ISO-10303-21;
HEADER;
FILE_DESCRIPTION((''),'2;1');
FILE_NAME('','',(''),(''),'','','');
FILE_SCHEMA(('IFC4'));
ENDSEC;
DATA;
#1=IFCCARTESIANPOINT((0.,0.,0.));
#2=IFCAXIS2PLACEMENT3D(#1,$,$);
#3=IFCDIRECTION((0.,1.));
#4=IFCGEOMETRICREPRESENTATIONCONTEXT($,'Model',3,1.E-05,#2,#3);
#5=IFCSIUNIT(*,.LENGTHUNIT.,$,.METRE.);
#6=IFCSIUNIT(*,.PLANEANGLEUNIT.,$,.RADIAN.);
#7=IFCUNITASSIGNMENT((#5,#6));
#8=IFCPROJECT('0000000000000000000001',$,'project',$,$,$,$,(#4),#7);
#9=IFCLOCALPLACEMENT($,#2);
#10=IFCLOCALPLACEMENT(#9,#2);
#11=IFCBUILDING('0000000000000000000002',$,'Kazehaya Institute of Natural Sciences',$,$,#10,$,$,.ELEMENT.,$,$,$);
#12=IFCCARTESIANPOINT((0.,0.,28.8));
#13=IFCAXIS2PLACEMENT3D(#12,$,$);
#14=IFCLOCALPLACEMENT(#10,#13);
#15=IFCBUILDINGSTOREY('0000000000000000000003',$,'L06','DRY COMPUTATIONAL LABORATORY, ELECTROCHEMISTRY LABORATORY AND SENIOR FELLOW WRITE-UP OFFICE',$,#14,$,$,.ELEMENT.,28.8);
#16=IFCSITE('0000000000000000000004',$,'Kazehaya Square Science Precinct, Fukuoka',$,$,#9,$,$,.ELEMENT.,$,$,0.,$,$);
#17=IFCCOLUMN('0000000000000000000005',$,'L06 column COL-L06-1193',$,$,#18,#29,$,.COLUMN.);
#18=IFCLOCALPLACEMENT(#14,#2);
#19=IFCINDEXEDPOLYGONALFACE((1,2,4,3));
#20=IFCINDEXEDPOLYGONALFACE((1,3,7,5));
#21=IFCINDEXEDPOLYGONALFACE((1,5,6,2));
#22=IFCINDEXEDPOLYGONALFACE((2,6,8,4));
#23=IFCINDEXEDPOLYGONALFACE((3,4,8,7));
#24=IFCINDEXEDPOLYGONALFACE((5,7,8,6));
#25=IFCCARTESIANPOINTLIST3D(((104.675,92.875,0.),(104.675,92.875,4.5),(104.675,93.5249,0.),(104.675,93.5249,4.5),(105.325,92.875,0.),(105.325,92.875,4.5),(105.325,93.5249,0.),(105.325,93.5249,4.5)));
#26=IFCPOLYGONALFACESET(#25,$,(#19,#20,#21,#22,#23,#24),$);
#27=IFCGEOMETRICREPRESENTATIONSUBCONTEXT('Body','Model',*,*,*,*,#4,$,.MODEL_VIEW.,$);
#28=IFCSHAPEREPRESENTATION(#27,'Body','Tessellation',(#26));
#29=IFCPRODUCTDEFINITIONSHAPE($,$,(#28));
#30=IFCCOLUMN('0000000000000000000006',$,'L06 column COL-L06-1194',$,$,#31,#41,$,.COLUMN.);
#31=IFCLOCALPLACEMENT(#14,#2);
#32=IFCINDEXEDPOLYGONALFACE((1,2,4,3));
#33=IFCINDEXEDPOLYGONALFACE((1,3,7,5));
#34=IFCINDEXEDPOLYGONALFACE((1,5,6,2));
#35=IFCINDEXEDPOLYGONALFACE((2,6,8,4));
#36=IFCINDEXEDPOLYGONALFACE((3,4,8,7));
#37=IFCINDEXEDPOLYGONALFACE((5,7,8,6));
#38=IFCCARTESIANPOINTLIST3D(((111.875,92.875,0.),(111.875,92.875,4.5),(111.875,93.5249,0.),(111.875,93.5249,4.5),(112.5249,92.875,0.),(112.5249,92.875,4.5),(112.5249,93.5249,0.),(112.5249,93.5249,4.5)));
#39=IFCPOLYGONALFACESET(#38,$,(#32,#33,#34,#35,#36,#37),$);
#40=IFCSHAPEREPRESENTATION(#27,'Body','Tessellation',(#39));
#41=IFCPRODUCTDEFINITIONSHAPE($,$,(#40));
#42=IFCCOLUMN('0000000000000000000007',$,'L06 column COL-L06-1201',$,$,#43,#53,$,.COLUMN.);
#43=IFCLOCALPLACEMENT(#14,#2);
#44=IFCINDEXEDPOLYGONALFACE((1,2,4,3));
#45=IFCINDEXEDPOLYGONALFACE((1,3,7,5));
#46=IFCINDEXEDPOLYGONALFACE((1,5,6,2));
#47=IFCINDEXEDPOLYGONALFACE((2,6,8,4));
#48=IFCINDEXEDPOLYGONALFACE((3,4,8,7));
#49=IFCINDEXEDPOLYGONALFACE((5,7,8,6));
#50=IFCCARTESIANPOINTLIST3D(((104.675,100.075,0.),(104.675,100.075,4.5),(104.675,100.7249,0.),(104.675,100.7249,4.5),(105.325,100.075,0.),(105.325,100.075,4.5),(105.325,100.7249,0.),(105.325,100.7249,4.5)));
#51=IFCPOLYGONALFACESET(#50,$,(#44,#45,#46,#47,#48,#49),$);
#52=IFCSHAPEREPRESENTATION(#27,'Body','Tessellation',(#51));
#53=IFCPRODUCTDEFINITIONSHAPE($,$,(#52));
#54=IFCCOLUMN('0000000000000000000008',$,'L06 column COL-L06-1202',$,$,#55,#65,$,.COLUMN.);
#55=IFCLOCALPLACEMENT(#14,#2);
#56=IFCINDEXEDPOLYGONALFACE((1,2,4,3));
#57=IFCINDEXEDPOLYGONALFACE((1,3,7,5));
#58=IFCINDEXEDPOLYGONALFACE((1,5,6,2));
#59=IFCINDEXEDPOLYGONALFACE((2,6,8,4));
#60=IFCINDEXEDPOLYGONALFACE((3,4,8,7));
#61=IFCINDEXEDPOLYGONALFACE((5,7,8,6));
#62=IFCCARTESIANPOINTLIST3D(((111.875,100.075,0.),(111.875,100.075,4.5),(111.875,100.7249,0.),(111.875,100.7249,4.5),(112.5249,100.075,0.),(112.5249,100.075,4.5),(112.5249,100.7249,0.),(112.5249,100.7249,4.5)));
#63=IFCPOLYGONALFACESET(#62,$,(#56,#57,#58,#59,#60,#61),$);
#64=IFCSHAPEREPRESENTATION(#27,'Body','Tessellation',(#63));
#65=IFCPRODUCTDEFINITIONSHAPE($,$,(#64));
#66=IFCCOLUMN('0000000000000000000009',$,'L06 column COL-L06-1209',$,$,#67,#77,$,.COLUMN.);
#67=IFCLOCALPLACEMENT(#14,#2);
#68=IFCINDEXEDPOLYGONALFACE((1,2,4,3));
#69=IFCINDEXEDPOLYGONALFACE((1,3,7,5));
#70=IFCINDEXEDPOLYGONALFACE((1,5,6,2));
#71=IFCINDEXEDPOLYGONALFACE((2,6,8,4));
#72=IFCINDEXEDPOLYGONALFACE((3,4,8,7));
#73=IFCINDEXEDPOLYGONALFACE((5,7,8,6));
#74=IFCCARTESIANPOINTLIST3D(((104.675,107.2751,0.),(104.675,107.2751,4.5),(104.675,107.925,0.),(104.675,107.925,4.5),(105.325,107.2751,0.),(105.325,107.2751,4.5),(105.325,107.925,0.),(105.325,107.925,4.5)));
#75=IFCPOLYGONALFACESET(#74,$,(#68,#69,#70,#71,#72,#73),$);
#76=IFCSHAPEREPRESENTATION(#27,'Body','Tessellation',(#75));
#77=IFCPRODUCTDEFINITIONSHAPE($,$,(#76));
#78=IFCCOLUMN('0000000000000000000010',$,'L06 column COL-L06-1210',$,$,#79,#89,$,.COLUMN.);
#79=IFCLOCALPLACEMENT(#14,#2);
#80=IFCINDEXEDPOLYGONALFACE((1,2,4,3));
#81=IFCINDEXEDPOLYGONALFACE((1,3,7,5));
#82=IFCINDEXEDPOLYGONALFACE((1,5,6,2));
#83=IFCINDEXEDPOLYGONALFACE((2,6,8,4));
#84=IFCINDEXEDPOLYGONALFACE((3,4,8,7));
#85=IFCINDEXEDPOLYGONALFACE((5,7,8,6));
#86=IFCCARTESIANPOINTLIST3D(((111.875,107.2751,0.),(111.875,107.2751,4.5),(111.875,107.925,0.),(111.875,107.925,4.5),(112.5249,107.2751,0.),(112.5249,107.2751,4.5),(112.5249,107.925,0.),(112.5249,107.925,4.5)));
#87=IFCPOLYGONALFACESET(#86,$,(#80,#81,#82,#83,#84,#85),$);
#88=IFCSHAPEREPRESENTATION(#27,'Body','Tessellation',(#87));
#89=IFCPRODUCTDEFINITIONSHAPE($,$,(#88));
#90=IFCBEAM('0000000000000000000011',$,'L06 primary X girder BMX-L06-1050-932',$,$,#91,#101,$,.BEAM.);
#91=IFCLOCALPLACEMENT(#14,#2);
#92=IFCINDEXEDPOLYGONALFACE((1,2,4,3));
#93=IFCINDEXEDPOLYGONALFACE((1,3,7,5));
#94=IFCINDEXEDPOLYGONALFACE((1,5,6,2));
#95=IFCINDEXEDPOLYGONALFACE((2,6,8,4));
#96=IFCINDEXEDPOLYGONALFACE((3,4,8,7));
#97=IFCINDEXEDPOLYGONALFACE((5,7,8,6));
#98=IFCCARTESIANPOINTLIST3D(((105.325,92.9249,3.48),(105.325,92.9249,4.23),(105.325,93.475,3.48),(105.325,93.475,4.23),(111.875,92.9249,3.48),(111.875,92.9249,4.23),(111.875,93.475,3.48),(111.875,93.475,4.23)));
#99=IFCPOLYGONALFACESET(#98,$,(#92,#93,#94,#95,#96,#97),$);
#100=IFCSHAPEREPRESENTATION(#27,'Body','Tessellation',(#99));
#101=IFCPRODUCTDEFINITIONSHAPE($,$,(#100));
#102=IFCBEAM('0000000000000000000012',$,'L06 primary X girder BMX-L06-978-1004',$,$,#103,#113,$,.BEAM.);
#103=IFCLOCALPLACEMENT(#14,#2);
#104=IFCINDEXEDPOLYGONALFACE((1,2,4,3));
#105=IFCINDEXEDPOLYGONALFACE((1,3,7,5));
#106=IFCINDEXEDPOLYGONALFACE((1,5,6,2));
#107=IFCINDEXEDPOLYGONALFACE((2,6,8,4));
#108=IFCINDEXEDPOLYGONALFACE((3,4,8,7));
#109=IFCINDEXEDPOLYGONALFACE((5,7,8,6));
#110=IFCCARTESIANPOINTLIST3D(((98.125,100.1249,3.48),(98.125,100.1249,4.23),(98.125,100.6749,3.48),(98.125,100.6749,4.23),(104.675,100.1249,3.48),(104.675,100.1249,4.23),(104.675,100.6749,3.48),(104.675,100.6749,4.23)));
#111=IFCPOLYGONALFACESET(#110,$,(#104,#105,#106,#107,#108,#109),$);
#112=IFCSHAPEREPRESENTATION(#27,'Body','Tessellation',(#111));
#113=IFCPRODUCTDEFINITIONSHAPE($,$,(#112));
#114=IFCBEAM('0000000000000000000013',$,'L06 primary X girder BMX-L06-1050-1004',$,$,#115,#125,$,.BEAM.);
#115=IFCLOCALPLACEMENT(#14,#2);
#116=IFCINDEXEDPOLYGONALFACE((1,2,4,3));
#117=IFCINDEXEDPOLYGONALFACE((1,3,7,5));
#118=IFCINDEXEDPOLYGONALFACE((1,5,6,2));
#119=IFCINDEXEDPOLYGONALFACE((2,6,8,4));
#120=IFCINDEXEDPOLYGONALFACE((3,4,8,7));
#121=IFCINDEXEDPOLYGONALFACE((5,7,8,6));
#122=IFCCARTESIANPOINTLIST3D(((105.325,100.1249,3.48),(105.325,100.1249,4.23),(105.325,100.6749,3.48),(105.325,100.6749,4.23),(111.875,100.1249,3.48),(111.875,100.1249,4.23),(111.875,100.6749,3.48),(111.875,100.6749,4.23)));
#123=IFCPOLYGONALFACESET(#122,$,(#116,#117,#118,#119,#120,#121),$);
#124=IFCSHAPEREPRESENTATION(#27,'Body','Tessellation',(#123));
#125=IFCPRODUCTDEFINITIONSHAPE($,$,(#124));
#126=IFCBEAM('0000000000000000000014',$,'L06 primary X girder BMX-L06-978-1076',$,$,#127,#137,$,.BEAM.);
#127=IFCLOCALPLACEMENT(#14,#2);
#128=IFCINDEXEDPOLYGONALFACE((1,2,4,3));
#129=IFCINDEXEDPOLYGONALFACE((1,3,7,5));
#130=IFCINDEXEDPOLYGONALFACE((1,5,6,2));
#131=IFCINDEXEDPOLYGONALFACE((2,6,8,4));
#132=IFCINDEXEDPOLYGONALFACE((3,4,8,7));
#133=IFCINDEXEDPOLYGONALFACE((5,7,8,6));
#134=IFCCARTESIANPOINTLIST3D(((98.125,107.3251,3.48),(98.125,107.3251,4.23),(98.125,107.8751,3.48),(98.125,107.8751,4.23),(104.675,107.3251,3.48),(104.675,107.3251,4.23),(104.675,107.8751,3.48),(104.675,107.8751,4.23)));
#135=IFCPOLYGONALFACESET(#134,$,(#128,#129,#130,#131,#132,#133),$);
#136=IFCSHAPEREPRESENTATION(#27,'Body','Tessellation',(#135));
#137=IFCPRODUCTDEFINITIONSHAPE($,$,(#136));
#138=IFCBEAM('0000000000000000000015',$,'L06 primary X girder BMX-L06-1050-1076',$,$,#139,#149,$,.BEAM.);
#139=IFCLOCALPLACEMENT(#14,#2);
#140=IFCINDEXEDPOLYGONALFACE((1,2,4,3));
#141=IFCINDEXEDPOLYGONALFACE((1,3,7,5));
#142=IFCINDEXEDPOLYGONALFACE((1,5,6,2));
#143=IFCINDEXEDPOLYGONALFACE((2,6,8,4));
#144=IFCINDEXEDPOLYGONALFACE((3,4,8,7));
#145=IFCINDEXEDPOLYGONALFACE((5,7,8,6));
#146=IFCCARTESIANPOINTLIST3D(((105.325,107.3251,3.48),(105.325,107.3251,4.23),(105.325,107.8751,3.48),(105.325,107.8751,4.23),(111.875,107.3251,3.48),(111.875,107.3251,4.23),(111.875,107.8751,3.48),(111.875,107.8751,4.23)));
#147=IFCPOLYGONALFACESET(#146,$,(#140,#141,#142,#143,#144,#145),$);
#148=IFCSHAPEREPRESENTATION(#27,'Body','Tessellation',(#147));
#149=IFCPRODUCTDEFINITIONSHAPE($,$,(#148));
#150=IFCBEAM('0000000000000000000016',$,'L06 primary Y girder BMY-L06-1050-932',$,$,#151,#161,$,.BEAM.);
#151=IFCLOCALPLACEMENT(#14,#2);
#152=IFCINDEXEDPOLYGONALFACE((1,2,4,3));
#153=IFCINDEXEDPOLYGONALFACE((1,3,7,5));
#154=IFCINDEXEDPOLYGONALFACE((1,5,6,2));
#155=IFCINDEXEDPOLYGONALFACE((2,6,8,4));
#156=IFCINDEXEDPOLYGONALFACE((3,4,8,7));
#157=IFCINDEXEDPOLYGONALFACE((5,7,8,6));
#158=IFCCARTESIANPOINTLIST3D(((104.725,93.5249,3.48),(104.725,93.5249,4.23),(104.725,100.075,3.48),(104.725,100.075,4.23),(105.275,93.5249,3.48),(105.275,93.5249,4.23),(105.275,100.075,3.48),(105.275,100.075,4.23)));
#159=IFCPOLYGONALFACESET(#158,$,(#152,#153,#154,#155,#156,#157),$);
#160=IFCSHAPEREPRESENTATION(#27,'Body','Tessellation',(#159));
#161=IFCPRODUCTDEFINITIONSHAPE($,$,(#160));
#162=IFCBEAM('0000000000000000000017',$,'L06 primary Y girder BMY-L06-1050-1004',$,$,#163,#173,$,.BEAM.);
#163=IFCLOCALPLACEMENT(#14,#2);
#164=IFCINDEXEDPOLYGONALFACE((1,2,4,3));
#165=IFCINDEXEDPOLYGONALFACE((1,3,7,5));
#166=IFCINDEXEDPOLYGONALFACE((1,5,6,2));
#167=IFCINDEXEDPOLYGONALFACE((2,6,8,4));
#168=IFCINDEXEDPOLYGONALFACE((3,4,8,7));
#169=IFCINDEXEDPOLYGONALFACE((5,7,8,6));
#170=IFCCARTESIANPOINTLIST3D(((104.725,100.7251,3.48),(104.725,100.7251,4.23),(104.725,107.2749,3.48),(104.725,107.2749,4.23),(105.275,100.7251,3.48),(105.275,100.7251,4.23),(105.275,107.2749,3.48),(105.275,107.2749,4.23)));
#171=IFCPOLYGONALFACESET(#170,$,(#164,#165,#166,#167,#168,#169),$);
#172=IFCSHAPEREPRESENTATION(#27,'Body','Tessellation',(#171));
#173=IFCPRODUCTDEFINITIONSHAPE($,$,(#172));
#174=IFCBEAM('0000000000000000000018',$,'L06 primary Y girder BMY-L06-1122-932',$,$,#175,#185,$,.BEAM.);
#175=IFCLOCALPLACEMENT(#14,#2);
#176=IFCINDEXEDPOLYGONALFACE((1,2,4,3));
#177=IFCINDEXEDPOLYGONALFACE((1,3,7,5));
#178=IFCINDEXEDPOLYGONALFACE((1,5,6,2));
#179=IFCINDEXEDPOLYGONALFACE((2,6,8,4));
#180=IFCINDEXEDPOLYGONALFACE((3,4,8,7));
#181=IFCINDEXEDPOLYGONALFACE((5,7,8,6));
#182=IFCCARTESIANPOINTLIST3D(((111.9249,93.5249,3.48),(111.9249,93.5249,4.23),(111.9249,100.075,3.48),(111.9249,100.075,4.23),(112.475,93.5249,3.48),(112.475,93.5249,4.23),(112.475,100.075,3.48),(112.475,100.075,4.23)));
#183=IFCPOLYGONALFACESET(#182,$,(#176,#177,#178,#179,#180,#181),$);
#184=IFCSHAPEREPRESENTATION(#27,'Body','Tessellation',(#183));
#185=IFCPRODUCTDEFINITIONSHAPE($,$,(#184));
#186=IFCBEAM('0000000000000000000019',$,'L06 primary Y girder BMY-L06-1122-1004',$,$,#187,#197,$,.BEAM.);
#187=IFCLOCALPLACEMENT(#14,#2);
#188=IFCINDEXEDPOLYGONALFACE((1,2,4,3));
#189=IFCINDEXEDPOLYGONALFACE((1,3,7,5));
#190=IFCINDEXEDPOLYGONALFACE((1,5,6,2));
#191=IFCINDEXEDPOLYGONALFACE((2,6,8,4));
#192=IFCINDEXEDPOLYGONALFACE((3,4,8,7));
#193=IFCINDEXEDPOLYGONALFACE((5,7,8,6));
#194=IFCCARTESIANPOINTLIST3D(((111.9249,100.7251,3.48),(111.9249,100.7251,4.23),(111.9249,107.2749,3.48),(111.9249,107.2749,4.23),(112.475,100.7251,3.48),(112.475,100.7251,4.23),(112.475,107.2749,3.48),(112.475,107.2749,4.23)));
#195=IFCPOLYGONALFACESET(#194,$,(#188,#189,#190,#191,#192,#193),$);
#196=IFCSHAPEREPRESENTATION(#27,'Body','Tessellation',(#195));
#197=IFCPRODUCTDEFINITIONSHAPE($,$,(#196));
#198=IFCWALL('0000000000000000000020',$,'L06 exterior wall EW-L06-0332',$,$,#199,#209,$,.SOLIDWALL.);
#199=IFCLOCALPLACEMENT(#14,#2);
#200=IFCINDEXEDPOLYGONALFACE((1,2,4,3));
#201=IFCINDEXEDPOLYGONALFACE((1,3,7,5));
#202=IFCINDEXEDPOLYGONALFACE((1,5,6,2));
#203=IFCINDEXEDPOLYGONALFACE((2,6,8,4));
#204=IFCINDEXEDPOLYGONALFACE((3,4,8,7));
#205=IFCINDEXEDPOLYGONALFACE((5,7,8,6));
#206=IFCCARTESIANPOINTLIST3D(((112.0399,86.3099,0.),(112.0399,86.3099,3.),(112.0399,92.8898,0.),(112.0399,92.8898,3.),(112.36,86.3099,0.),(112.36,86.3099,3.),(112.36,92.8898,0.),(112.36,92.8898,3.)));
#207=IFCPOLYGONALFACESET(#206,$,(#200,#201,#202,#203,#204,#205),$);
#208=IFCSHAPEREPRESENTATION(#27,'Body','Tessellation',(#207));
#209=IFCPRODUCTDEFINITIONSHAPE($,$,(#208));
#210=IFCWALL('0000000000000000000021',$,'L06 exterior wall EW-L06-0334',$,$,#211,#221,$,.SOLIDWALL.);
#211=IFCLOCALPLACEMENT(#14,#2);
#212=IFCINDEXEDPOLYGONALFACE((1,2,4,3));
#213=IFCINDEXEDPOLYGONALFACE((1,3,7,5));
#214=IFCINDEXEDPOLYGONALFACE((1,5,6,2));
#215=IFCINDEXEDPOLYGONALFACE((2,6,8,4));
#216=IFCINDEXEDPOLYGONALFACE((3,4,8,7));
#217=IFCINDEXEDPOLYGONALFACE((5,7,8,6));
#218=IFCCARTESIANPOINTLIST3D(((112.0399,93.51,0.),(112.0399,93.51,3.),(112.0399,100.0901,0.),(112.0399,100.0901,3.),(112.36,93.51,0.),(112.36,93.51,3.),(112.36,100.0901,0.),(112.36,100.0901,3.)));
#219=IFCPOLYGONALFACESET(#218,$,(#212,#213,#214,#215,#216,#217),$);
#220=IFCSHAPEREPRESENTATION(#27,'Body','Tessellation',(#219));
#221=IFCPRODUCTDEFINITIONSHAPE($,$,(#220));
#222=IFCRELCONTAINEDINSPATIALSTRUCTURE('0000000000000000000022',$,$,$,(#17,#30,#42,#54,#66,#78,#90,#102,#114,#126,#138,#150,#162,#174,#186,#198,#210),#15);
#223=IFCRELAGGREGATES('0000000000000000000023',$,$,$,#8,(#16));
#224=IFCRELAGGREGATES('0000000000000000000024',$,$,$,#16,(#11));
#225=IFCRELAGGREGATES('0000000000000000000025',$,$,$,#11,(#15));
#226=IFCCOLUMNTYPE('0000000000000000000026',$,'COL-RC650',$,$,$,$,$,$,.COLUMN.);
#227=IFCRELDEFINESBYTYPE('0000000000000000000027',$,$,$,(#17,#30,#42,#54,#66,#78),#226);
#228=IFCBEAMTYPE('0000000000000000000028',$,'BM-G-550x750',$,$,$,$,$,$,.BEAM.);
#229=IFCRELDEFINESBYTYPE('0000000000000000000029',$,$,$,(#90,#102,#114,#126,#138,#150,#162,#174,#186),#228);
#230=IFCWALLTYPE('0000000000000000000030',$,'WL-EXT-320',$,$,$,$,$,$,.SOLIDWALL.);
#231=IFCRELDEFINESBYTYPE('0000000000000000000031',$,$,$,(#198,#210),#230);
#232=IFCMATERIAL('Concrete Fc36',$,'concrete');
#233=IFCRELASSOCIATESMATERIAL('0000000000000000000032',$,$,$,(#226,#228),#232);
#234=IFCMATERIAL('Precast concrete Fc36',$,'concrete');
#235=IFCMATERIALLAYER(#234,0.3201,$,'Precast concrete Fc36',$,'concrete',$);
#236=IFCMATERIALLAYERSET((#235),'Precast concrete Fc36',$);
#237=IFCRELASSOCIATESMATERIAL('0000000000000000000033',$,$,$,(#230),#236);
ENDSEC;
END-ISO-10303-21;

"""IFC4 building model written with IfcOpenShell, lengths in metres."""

from ifc_helpers import new_model, si_unit, direction, frame, frame_2d, origin, origin_2d, place, context, subcontext, project, spatial, rectangle, extrude, material, layer, layer_set, material_profile, profile_set, type_object, element, save


model = new_model("IFC4")

# Units and contexts
model_context = context("Model", 3, precision=1e-05, world=origin(), true_north=direction((0.0, 1.0)))
body_context = subcontext(model_context, "Body", "Model", "MODEL_VIEW")
ifc_project = project(units=[si_unit("LENGTHUNIT", "METRE"), si_unit("PLANEANGLEUNIT", "RADIAN")], contexts=[model_context])

# Site, building, storey
site_placement = place(None, origin())
site = spatial("IfcSite", under=ifc_project, at=site_placement, Name="Kazehaya Square Science Precinct, Fukuoka", CompositionType="ELEMENT", RefElevation=0.0)
building_placement = place(site_placement, origin())
building = spatial("IfcBuilding", under=site, at=building_placement, Name="Kazehaya Institute of Natural Sciences", CompositionType="ELEMENT")
storey_placement = place(building_placement, frame((0.0, 0.0, 28.8)))
storey = spatial("IfcBuildingStorey", under=building, at=storey_placement, Name="L06", Description="DRY COMPUTATIONAL LABORATORY, ELECTROCHEMISTRY LABORATORY AND SENIOR FELLOW WRITE-UP OFFICE", CompositionType="ELEMENT", Elevation=28.8)

# Columns
ifc_material_1 = material(Name="Concrete Fc36", Category="concrete")
ifc_material_profile_1 = material_profile(ifc_material_1, rectangle(XDim=0.6499, YDim=0.6499, at=origin_2d()), Name="RC-650x650")
ifc_profile_set_1 = profile_set([ifc_material_profile_1], Name="Concrete Fc36")
column_type = type_object("IfcColumnType", Name="COL-RC650", PredefinedType="COLUMN", material=ifc_profile_set_1)
for number, where, z_axis, x_axis, name in (
    (1, (105.0, 93.2, 0.0), (0.0, 0.0, 1.0), (1.0, 0.0, 0.0), "L06 column COL-L06-1193"),
    (2, (112.2, 93.2, 0.0), (0.0, 0.0, 1.0), (1.0, 0.0, 0.0), "L06 column COL-L06-1194"),
    (3, (105.0, 100.3999, 0.0), (0.0, 0.0, 1.0), (1.0, 0.0, 0.0), "L06 column COL-L06-1201"),
    (4, (112.2, 100.3999, 0.0), (0.0, 0.0, 1.0), (1.0, 0.0, 0.0), "L06 column COL-L06-1202"),
    (5, (105.0, 107.6001, 0.0), (0.0, 0.0, 1.0), (1.0, 0.0, 0.0), "L06 column COL-L06-1209"),
    (6, (112.2, 107.6001, 0.0), (0.0, 0.0, 1.0), (1.0, 0.0, 0.0), "L06 column COL-L06-1210"),
):
    element("IfcColumn", number, at=place(storey_placement, frame(where, z_axis=z_axis, x_axis=x_axis)), inside=storey, type_object=column_type, Name=name, PredefinedType="COLUMN", context=body_context, shape_type="SweptSolid", body=[
        extrude(rectangle(XDim=0.6499, YDim=0.6499, at=origin_2d()), origin(), (0.0, 0.0, 1.0), 4.5),
    ])

# Beams
ifc_material_profile_2 = material_profile(ifc_material_1, rectangle(XDim=0.55, YDim=0.75, at=origin_2d()), Name="RC-550x750")
ifc_profile_set_2 = profile_set([ifc_material_profile_2], Name="Concrete Fc36")
beam_type = type_object("IfcBeamType", Name="BM-G-550x750", PredefinedType="BEAM", material=ifc_profile_set_2)
for number, where, z_axis, x_axis, name in (
    (7, (105.325, 93.2, 3.855), (1.0, 0.0, 0.0), (0.0, 1.0, 0.0), "L06 primary X girder BMX-L06-1050-932"),
    (8, (98.125, 100.3999, 3.855), (1.0, 0.0, 0.0), (0.0, 1.0, 0.0), "L06 primary X girder BMX-L06-978-1004"),
    (9, (105.325, 100.3999, 3.855), (1.0, 0.0, 0.0), (0.0, 1.0, 0.0), "L06 primary X girder BMX-L06-1050-1004"),
    (10, (98.125, 107.6001, 3.855), (1.0, 0.0, 0.0), (0.0, 1.0, 0.0), "L06 primary X girder BMX-L06-978-1076"),
    (11, (105.325, 107.6001, 3.855), (1.0, 0.0, 0.0), (0.0, 1.0, 0.0), "L06 primary X girder BMX-L06-1050-1076"),
    (12, (105.0, 93.5249, 3.855), (0.0, 1.0, 0.0), (-1.0, 0.0, 0.0), "L06 primary Y girder BMY-L06-1050-932"),
):
    element("IfcBeam", number, at=place(storey_placement, frame(where, z_axis=z_axis, x_axis=x_axis)), inside=storey, type_object=beam_type, Name=name, PredefinedType="BEAM", context=body_context, shape_type="SweptSolid", body=[
        extrude(rectangle(XDim=0.55, YDim=0.75, at=origin_2d()), origin(), (0.0, 0.0, 1.0), 6.55),
    ])
beam_1_placement = place(storey_placement, frame((105.0, 100.7251, 3.855), z_axis=(0.0, 1.0, 0.0), x_axis=(-1.0, 0.0, 0.0)))
element("IfcBeam", 13, at=beam_1_placement, inside=storey, type_object=beam_type, Name="L06 primary Y girder BMY-L06-1050-1004", PredefinedType="BEAM", context=body_context, shape_type="SweptSolid", body=[
    extrude(rectangle(XDim=0.55, YDim=0.75, at=origin_2d()), origin(), (0.0, 0.0, 1.0), 6.5498),
])
beam_2_placement = place(storey_placement, frame((112.2, 93.5249, 3.855), z_axis=(0.0, 1.0, 0.0), x_axis=(-1.0, 0.0, 0.0)))
element("IfcBeam", 14, at=beam_2_placement, inside=storey, type_object=beam_type, Name="L06 primary Y girder BMY-L06-1122-932", PredefinedType="BEAM", context=body_context, shape_type="SweptSolid", body=[
    extrude(rectangle(XDim=0.55, YDim=0.75, at=origin_2d()), origin(), (0.0, 0.0, 1.0), 6.55),
])
beam_3_placement = place(storey_placement, frame((112.2, 100.7251, 3.855), z_axis=(0.0, 1.0, 0.0), x_axis=(-1.0, 0.0, 0.0)))
element("IfcBeam", 15, at=beam_3_placement, inside=storey, type_object=beam_type, Name="L06 primary Y girder BMY-L06-1122-1004", PredefinedType="BEAM", context=body_context, shape_type="SweptSolid", body=[
    extrude(rectangle(XDim=0.55, YDim=0.75, at=origin_2d()), origin(), (0.0, 0.0, 1.0), 6.5498),
])

# Walls
ifc_material_2 = material(Name="Precast concrete Fc36", Category="concrete")
ifc_layer_1 = layer(ifc_material_2, 0.3201, Name="Precast concrete Fc36", Category="concrete")
ifc_layer_set_1 = layer_set([ifc_layer_1], Name="Precast concrete Fc36")
wall_type_1 = type_object("IfcWallType", Name="WL-EXT-320", PredefinedType="SOLIDWALL", material=ifc_layer_set_1)
wall_1_placement = place(storey_placement, frame((112.2, 92.8899, 0.0), z_axis=(0.0, 0.0, 1.0), x_axis=(0.0, -1.0, 0.0)))
element("IfcWall", 16, at=wall_1_placement, inside=storey, type_object=wall_type_1, Name="L06 exterior wall EW-L06-0332", PredefinedType="SOLIDWALL", context=body_context, shape_type="SweptSolid", body=[
    extrude(rectangle(XDim=6.5798, YDim=0.3201, at=frame_2d((3.29, 0.0))), origin(), (0.0, 0.0, 1.0), 3.0),
])
for number, where, z_axis, x_axis, name in (
    (17, (112.2, 100.0901, 0.0), (0.0, 0.0, 1.0), (0.0, -1.0, 0.0), "L06 exterior wall EW-L06-0334"),
):
    element("IfcWall", number, at=place(storey_placement, frame(where, z_axis=z_axis, x_axis=x_axis)), inside=storey, type_object=wall_type_1, Name=name, PredefinedType="SOLIDWALL", context=body_context, shape_type="SweptSolid", body=[
        extrude(rectangle(XDim=6.5801, YDim=0.3201, at=frame_2d((3.29, 0.0))), origin(), (0.0, 0.0, 1.0), 3.0),
    ])

save(model, "model.ifc")
